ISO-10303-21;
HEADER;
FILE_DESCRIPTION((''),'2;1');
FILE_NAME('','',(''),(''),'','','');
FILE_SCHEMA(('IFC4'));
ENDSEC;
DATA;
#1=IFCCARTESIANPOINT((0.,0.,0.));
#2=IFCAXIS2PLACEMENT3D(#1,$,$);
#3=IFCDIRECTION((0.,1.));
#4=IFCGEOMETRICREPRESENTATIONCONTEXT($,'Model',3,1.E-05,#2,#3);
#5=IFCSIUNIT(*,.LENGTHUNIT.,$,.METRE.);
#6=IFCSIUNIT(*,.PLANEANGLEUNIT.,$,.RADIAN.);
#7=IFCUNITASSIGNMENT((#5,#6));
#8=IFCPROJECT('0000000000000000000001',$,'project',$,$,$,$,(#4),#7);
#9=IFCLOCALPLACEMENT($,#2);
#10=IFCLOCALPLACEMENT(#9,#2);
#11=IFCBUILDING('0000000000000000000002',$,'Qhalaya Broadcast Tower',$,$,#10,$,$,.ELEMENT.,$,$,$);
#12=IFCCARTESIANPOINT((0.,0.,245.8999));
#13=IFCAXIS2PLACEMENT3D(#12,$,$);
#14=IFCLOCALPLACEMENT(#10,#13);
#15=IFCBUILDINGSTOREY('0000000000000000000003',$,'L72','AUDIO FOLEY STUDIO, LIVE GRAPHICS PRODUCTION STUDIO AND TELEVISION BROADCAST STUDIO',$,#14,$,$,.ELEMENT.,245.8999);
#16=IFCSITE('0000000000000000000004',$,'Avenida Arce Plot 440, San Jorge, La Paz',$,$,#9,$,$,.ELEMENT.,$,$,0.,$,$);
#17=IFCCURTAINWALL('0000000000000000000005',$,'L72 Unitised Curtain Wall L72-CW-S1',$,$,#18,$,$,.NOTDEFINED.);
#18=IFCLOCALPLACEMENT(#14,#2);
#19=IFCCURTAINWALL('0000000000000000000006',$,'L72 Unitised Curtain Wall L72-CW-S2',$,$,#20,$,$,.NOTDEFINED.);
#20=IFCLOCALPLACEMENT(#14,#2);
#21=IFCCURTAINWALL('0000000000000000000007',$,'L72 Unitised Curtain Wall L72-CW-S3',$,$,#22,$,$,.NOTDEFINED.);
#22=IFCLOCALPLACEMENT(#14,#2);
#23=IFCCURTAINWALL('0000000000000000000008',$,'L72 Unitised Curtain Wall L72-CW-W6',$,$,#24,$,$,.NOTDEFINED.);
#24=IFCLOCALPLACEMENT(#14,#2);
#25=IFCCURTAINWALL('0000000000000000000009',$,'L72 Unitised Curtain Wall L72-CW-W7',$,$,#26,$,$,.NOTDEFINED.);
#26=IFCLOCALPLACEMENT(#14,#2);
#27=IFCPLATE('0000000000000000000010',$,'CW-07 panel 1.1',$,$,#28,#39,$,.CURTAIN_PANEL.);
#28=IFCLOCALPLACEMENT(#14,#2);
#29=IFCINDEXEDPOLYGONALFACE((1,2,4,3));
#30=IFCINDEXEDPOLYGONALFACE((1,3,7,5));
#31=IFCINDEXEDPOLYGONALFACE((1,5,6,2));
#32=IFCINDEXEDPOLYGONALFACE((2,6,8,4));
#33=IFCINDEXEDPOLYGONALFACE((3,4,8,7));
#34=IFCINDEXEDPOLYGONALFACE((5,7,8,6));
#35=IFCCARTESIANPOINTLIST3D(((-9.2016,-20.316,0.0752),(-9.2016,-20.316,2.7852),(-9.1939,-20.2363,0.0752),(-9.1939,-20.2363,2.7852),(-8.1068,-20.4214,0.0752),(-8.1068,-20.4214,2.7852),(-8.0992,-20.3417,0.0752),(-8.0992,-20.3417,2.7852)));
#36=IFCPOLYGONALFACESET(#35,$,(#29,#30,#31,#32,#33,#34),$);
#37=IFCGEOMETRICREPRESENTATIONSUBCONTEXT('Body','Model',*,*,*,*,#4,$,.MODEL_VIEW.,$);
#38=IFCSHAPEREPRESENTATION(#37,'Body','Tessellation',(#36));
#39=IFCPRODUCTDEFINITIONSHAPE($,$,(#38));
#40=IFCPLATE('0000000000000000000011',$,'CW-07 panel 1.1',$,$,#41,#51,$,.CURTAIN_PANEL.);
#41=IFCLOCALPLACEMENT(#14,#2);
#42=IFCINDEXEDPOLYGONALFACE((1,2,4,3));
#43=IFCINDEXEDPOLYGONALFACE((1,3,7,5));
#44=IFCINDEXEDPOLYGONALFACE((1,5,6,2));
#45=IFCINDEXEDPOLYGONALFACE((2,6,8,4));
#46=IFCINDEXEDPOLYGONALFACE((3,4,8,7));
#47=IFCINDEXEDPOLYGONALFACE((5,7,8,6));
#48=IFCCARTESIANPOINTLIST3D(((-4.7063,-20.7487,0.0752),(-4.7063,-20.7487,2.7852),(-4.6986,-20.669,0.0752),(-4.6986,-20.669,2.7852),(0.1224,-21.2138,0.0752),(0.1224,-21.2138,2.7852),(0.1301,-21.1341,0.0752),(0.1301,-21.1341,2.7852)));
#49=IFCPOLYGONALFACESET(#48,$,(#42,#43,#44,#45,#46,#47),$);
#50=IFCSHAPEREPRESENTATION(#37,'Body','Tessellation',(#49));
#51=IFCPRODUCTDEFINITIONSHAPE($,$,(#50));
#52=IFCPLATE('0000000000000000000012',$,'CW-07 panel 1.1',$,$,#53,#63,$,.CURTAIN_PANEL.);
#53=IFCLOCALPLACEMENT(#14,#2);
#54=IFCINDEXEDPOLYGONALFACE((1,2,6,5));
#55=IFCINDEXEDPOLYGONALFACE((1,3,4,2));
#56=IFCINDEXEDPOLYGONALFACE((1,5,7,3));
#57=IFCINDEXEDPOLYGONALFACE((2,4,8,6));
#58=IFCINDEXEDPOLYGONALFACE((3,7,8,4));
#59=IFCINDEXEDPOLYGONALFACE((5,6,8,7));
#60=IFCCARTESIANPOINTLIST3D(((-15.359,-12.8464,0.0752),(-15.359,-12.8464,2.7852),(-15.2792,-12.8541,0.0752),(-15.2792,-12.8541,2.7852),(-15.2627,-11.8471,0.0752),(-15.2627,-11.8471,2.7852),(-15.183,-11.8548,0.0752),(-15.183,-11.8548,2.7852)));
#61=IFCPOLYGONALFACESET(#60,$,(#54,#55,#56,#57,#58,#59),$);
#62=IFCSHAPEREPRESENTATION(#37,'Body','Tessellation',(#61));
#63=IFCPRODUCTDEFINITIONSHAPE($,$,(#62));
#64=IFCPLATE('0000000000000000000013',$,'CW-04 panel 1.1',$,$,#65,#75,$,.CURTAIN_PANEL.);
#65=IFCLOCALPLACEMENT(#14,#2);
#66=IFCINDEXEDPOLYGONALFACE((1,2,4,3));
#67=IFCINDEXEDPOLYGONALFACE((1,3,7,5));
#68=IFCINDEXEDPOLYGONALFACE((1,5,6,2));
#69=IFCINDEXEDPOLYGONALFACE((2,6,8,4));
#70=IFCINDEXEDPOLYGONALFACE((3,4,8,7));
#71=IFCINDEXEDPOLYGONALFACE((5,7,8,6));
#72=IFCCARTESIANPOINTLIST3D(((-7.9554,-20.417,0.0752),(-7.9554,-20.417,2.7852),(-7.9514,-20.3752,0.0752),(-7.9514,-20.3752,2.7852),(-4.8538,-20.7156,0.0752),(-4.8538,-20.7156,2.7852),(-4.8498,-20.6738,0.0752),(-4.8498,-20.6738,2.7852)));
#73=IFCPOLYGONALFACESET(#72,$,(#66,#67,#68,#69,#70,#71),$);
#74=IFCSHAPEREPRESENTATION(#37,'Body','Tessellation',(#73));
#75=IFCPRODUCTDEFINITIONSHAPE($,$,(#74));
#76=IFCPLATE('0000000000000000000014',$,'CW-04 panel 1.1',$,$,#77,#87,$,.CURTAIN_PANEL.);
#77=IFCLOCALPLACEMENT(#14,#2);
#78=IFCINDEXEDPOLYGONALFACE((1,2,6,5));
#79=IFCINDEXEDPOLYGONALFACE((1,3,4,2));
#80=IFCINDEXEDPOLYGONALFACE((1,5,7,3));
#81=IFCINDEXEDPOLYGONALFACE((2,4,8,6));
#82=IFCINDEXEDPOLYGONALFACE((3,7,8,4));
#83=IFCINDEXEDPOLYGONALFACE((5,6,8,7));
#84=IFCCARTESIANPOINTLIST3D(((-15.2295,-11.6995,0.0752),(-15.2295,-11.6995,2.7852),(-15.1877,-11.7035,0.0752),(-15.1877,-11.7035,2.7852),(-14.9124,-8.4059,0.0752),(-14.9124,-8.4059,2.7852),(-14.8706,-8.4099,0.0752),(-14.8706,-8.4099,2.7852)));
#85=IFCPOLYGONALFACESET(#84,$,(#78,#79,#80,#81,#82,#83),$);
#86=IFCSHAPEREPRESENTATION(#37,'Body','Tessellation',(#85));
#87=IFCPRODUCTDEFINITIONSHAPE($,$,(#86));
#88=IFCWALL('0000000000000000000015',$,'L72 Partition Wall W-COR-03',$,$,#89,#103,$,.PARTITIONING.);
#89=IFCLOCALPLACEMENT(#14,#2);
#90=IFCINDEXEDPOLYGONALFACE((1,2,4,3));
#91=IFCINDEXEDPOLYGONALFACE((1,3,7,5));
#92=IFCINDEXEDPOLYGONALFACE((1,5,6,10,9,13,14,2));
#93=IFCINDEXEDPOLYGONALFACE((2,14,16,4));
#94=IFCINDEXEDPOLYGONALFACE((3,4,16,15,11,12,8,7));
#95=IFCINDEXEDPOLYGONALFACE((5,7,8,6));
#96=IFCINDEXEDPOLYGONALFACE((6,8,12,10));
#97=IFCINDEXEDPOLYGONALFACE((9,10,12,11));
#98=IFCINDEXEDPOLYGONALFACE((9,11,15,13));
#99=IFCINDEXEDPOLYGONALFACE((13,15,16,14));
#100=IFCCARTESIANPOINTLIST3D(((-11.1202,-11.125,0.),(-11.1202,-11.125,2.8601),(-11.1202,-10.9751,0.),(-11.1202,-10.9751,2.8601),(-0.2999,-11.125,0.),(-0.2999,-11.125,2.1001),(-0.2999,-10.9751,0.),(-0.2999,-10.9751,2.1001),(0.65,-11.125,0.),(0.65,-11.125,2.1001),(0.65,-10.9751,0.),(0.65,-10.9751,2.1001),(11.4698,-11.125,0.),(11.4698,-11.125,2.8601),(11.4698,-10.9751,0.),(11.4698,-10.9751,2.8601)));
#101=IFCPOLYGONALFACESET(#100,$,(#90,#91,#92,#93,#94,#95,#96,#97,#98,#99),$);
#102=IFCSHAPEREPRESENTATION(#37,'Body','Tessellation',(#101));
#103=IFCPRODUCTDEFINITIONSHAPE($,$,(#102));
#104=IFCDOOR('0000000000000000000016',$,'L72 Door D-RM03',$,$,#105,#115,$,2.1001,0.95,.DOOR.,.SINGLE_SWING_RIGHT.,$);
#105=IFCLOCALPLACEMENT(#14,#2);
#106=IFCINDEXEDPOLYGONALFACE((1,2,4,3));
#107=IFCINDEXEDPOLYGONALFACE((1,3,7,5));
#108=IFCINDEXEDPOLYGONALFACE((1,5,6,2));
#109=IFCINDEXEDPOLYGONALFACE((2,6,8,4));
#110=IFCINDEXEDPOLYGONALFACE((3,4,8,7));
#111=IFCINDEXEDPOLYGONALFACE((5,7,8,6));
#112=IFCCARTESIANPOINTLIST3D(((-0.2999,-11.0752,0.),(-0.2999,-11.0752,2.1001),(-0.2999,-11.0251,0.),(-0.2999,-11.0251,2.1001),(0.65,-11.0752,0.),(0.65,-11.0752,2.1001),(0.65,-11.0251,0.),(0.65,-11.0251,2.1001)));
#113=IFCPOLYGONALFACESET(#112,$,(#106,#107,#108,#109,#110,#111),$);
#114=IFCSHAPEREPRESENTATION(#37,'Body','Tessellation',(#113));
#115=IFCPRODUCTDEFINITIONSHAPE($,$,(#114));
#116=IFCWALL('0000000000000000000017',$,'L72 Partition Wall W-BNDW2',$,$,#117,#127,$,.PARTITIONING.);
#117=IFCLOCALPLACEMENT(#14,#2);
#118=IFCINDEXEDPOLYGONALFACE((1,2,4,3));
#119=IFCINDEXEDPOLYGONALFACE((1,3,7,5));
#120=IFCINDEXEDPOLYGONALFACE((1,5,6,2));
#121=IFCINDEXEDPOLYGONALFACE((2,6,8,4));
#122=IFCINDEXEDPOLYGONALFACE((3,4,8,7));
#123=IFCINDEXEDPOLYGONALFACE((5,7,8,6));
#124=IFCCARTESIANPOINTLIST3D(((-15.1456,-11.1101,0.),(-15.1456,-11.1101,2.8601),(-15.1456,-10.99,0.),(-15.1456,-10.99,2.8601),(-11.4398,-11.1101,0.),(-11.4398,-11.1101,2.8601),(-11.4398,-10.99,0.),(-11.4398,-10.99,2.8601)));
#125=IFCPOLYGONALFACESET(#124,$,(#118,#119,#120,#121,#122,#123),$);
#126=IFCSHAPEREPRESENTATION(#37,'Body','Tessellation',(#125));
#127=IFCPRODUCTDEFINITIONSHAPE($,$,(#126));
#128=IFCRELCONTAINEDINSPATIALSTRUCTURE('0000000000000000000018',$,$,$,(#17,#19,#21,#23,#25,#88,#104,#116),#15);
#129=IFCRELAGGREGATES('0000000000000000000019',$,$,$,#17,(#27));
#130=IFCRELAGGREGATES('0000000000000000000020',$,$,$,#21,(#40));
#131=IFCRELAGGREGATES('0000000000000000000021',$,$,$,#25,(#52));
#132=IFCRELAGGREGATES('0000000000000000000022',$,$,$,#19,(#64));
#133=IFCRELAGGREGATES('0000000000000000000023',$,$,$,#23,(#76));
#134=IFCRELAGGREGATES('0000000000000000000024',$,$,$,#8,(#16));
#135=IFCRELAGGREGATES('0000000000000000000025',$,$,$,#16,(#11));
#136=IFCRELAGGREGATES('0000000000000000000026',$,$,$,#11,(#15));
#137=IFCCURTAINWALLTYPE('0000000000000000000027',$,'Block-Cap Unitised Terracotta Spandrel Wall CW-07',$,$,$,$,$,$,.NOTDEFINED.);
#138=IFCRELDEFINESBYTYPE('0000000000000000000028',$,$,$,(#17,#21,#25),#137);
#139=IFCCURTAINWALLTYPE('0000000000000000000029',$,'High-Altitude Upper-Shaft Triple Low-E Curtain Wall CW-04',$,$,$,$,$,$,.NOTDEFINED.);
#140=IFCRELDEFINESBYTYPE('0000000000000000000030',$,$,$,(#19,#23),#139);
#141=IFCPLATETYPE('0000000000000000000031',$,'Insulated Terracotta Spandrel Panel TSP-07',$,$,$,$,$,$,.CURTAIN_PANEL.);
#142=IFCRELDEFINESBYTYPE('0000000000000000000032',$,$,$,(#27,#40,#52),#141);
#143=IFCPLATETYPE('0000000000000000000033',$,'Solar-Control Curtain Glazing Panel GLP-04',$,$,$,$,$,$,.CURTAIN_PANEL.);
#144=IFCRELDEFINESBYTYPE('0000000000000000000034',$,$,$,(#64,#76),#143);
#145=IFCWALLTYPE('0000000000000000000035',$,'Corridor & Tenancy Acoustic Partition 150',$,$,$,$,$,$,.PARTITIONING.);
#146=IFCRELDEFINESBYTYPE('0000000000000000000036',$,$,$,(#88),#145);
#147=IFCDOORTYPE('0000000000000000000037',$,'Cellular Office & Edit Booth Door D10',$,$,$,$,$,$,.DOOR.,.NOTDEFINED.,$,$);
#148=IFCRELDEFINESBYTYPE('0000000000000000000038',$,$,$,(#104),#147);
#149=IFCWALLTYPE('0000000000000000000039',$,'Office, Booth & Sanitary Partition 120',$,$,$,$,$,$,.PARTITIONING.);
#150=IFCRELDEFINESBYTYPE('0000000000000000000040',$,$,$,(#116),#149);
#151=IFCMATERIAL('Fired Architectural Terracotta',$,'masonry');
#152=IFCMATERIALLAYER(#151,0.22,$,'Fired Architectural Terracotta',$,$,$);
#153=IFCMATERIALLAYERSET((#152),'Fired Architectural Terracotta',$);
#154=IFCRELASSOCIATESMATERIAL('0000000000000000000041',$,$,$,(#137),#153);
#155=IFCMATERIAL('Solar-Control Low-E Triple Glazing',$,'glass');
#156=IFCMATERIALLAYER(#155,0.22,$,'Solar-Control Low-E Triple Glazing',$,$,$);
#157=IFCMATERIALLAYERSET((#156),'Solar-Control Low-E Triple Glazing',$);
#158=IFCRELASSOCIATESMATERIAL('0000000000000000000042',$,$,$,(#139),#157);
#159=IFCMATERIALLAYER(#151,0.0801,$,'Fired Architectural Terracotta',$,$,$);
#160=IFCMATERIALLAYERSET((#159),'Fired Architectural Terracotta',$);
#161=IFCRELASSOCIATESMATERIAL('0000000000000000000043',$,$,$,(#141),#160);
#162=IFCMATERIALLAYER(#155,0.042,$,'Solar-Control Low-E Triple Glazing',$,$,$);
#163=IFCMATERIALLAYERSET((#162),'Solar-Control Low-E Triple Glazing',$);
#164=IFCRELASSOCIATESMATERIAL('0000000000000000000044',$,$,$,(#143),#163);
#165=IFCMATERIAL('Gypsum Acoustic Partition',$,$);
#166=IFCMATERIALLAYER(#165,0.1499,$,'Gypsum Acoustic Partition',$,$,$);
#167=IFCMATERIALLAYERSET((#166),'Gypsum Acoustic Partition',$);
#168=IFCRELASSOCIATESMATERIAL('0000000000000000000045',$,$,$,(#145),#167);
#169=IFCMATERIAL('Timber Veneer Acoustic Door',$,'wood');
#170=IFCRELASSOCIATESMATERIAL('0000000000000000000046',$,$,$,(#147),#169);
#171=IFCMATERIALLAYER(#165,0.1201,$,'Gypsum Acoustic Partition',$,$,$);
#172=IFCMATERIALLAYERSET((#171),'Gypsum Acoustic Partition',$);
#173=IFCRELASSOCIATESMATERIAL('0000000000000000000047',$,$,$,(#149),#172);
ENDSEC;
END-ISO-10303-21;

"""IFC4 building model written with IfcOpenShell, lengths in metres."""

from ifc_helpers import new_model, si_unit, direction, frame, frame_2d, origin, origin_2d, place, context, subcontext, project, spatial, rectangle, extrude, material, layer, layer_set, type_object, element, fill, aggregate, save


model = new_model("IFC4")

# Units and contexts
model_context = context("Model", 3, precision=1e-05, world=origin(), true_north=direction((0.0, 1.0)))
body_context = subcontext(model_context, "Body", "Model", "MODEL_VIEW")
ifc_project = project(units=[si_unit("LENGTHUNIT", "METRE"), si_unit("PLANEANGLEUNIT", "RADIAN")], contexts=[model_context])

# Site, building, storey
site_placement = place(None, origin())
site = spatial("IfcSite", under=ifc_project, at=site_placement, Name="Avenida Arce Plot 440, San Jorge, La Paz", CompositionType="ELEMENT", RefElevation=0.0)
building_placement = place(site_placement, origin())
building = spatial("IfcBuilding", under=site, at=building_placement, Name="Qhalaya Broadcast Tower", CompositionType="ELEMENT")
storey_placement = place(building_placement, frame((0.0, 0.0, 245.8999)))
storey = spatial("IfcBuildingStorey", under=building, at=storey_placement, Name="L72", Description="AUDIO FOLEY STUDIO, LIVE GRAPHICS PRODUCTION STUDIO AND TELEVISION BROADCAST STUDIO", CompositionType="ELEMENT", Elevation=245.8999)

# Curtain walls
ifc_material_1 = material(Name="Fired Architectural Terracotta", Category="masonry")
ifc_layer_1 = layer(ifc_material_1, 0.22, Name="Fired Architectural Terracotta")
ifc_layer_set_1 = layer_set([ifc_layer_1], Name="Fired Architectural Terracotta")
curtain_wall_type_1 = type_object("IfcCurtainWallType", Name="Block-Cap Unitised Terracotta Spandrel Wall CW-07", PredefinedType="NOTDEFINED", material=ifc_layer_set_1)
curtain_wall_1_placement = place(storey_placement, origin())
curtain_wall_1 = element("IfcCurtainWall", 1, at=curtain_wall_1_placement, inside=storey, type_object=curtain_wall_type_1, Name="L72 Unitised Curtain Wall L72-CW-S1", PredefinedType="NOTDEFINED")
ifc_material_2 = material(Name="Solar-Control Low-E Triple Glazing", Category="glass")
ifc_layer_2 = layer(ifc_material_2, 0.22, Name="Solar-Control Low-E Triple Glazing")
ifc_layer_set_2 = layer_set([ifc_layer_2], Name="Solar-Control Low-E Triple Glazing")
curtain_wall_type_2 = type_object("IfcCurtainWallType", Name="High-Altitude Upper-Shaft Triple Low-E Curtain Wall CW-04", PredefinedType="NOTDEFINED", material=ifc_layer_set_2)
curtain_wall_2_placement = place(storey_placement, origin())
curtain_wall_2 = element("IfcCurtainWall", 2, at=curtain_wall_2_placement, inside=storey, type_object=curtain_wall_type_2, Name="L72 Unitised Curtain Wall L72-CW-S2", PredefinedType="NOTDEFINED")
curtain_wall_3_placement = place(storey_placement, origin())
curtain_wall_3 = element("IfcCurtainWall", 3, at=curtain_wall_3_placement, inside=storey, type_object=curtain_wall_type_1, Name="L72 Unitised Curtain Wall L72-CW-S3", PredefinedType="NOTDEFINED")

# Curtain wall
curtain_wall_4_placement = place(storey_placement, origin())
curtain_wall_4 = element("IfcCurtainWall", 4, at=curtain_wall_4_placement, inside=storey, type_object=curtain_wall_type_2, Name="L72 Unitised Curtain Wall L72-CW-W6", PredefinedType="NOTDEFINED")

# Curtain wall
curtain_wall_5_placement = place(storey_placement, origin())
curtain_wall_5 = element("IfcCurtainWall", 5, at=curtain_wall_5_placement, inside=storey, type_object=curtain_wall_type_1, Name="L72 Unitised Curtain Wall L72-CW-W7", PredefinedType="NOTDEFINED")

# Plates
ifc_layer_3 = layer(ifc_material_1, 0.0801, Name="Fired Architectural Terracotta")
ifc_layer_set_3 = layer_set([ifc_layer_3], Name="Fired Architectural Terracotta")
plate_type_1 = type_object("IfcPlateType", Name="Insulated Terracotta Spandrel Panel TSP-07", PredefinedType="CURTAIN_PANEL", material=ifc_layer_set_3)
plate_1_placement = place(storey_placement, frame((-8.6504, -20.3289, 0.0752), z_axis=(0.0, 0.0, 1.0), x_axis=(0.995396, -0.095844, 0.0)))
plate_1 = element("IfcPlate", 6, at=plate_1_placement, type_object=plate_type_1, Name="CW-07 panel 1.1", PredefinedType="CURTAIN_PANEL", context=body_context, shape_type="SweptSolid", body=[
    extrude(rectangle(XDim=1.0999, YDim=0.0801, at=origin_2d()), origin(), (0.0, 0.0, 1.0), 2.71),
])
aggregate(curtain_wall_1, [plate_1])
plate_2_placement = place(storey_placement, frame((-2.2881, -20.9414, 0.0752), z_axis=(0.0, 0.0, 1.0), x_axis=(0.995395, -0.09586, 0.0)))
plate_2 = element("IfcPlate", 7, at=plate_2_placement, type_object=plate_type_1, Name="CW-07 panel 1.1", PredefinedType="CURTAIN_PANEL", context=body_context, shape_type="SweptSolid", body=[
    extrude(rectangle(XDim=4.8511, YDim=0.0801, at=origin_2d()), origin(), (0.0, 0.0, 1.0), 2.71),
])
aggregate(curtain_wall_3, [plate_2])
plate_3_placement = place(storey_placement, frame((-15.271, -12.3506, 0.0752), z_axis=(0.0, 0.0, 1.0), x_axis=(-0.09584, -0.995397, 0.0)))
plate_3 = element("IfcPlate", 8, at=plate_3_placement, type_object=plate_type_1, Name="CW-07 panel 1.1", PredefinedType="CURTAIN_PANEL", context=body_context, shape_type="SweptSolid", body=[
    extrude(rectangle(XDim=1.0039, YDim=0.0801, at=origin_2d()), origin(), (0.0, 0.0, 1.0), 2.71),
])
aggregate(curtain_wall_5, [plate_3])
ifc_layer_4 = layer(ifc_material_2, 0.042, Name="Solar-Control Low-E Triple Glazing")
ifc_layer_set_4 = layer_set([ifc_layer_4], Name="Solar-Control Low-E Triple Glazing")
plate_type_2 = type_object("IfcPlateType", Name="Solar-Control Curtain Glazing Panel GLP-04", PredefinedType="CURTAIN_PANEL", material=ifc_layer_set_4)
plate_4_placement = place(storey_placement, frame((-6.4026, -20.5454, 0.0752), z_axis=(0.0, 0.0, 1.0), x_axis=(0.995397, -0.095835, 0.0)))
plate_4 = element("IfcPlate", 9, at=plate_4_placement, type_object=plate_type_2, Name="CW-04 panel 1.1", PredefinedType="CURTAIN_PANEL", context=body_context, shape_type="SweptSolid", body=[
    extrude(rectangle(XDim=3.116, YDim=0.042, at=origin_2d()), origin(), (0.0, 0.0, 1.0), 2.71),
])
aggregate(curtain_wall_2, [plate_4])
plate_5_placement = place(storey_placement, frame((-15.05, -10.0547, 0.0752), z_axis=(0.0, 0.0, 1.0), x_axis=(-0.095839, -0.995397, 0.0)))
plate_5 = element("IfcPlate", 10, at=plate_5_placement, type_object=plate_type_2, Name="CW-04 panel 1.1", PredefinedType="CURTAIN_PANEL", context=body_context, shape_type="SweptSolid", body=[
    extrude(rectangle(XDim=3.3088, YDim=0.042, at=origin_2d()), origin(), (0.0, 0.0, 1.0), 2.71),
])
aggregate(curtain_wall_4, [plate_5])

# Wall, opening, door
ifc_material_3 = material(Name="Gypsum Acoustic Partition")
ifc_layer_5 = layer(ifc_material_3, 0.1499, Name="Gypsum Acoustic Partition")
ifc_layer_set_5 = layer_set([ifc_layer_5], Name="Gypsum Acoustic Partition")
wall_type_1 = type_object("IfcWallType", Name="Corridor & Tenancy Acoustic Partition 150", PredefinedType="PARTITIONING", material=ifc_layer_set_5)
wall_1_placement = place(storey_placement, frame((-11.1201, -11.05, 0.0), z_axis=(0.0, 0.0, 1.0), x_axis=(1.0, 0.0, 0.0)))
wall_1 = element("IfcWall", 11, at=wall_1_placement, inside=storey, type_object=wall_type_1, Name="L72 Partition Wall W-COR-03", PredefinedType="PARTITIONING", context=body_context, shape_type="SweptSolid", body=[
    extrude(rectangle(XDim=22.5901, YDim=0.1499, at=frame_2d((11.2949, 0.0))), origin(), (0.0, 0.0, 1.0), 2.8601),
])
opening_placement = place(wall_1_placement, frame((10.8201, 0.0, 0.0)))
opening = element("IfcOpeningElement", 12, at=opening_placement, cuts=wall_1, PredefinedType="OPENING", context=body_context, shape_type="SweptSolid", body=[
    extrude(rectangle(XDim=0.95, YDim=2.1001, at=frame_2d((0.4751, 1.05))), frame((0.0, 0.0869, 0.0), z_axis=(0.0, -1.0, 0.0), x_axis=(1.0, 0.0, 0.0)), (0.0, 0.0, 1.0), 0.1738),
])
ifc_material_4 = material(Name="Timber Veneer Acoustic Door", Category="wood")
door_type = type_object("IfcDoorType", Name="Cellular Office & Edit Booth Door D10", OperationType="NOTDEFINED", PredefinedType="DOOR", material=ifc_material_4)
door_placement = place(opening_placement, origin())
door = element("IfcDoor", 13, at=door_placement, inside=storey, type_object=door_type, Name="L72 Door D-RM03", OperationType="SINGLE_SWING_RIGHT", OverallHeight=2.1001, OverallWidth=0.95, PredefinedType="DOOR", context=body_context, shape_type="SweptSolid", body=[
    extrude(rectangle(XDim=0.95, YDim=2.1001, at=frame_2d((0.4751, 1.05))), frame((0.0, 0.0249, 0.0), z_axis=(0.0, -1.0, 0.0), x_axis=(1.0, 0.0, 0.0)), (0.0, 0.0, 1.0), 0.05),
])
fill(opening, door)

# Wall
ifc_layer_6 = layer(ifc_material_3, 0.1201, Name="Gypsum Acoustic Partition")
ifc_layer_set_6 = layer_set([ifc_layer_6], Name="Gypsum Acoustic Partition")
wall_type_2 = type_object("IfcWallType", Name="Office, Booth & Sanitary Partition 120", PredefinedType="PARTITIONING", material=ifc_layer_set_6)
wall_2_placement = place(storey_placement, frame((-15.1458, -11.05, 0.0), z_axis=(0.0, 0.0, 1.0), x_axis=(1.0, 0.0, 0.0)))
element("IfcWall", 14, at=wall_2_placement, inside=storey, type_object=wall_type_2, Name="L72 Partition Wall W-BNDW2", PredefinedType="PARTITIONING", context=body_context, shape_type="SweptSolid", body=[
    extrude(rectangle(XDim=3.7058, YDim=0.1201, at=frame_2d((1.853, 0.0))), origin(), (0.0, 0.0, 1.0), 2.8601),
])

save(model, "model.ifc")
